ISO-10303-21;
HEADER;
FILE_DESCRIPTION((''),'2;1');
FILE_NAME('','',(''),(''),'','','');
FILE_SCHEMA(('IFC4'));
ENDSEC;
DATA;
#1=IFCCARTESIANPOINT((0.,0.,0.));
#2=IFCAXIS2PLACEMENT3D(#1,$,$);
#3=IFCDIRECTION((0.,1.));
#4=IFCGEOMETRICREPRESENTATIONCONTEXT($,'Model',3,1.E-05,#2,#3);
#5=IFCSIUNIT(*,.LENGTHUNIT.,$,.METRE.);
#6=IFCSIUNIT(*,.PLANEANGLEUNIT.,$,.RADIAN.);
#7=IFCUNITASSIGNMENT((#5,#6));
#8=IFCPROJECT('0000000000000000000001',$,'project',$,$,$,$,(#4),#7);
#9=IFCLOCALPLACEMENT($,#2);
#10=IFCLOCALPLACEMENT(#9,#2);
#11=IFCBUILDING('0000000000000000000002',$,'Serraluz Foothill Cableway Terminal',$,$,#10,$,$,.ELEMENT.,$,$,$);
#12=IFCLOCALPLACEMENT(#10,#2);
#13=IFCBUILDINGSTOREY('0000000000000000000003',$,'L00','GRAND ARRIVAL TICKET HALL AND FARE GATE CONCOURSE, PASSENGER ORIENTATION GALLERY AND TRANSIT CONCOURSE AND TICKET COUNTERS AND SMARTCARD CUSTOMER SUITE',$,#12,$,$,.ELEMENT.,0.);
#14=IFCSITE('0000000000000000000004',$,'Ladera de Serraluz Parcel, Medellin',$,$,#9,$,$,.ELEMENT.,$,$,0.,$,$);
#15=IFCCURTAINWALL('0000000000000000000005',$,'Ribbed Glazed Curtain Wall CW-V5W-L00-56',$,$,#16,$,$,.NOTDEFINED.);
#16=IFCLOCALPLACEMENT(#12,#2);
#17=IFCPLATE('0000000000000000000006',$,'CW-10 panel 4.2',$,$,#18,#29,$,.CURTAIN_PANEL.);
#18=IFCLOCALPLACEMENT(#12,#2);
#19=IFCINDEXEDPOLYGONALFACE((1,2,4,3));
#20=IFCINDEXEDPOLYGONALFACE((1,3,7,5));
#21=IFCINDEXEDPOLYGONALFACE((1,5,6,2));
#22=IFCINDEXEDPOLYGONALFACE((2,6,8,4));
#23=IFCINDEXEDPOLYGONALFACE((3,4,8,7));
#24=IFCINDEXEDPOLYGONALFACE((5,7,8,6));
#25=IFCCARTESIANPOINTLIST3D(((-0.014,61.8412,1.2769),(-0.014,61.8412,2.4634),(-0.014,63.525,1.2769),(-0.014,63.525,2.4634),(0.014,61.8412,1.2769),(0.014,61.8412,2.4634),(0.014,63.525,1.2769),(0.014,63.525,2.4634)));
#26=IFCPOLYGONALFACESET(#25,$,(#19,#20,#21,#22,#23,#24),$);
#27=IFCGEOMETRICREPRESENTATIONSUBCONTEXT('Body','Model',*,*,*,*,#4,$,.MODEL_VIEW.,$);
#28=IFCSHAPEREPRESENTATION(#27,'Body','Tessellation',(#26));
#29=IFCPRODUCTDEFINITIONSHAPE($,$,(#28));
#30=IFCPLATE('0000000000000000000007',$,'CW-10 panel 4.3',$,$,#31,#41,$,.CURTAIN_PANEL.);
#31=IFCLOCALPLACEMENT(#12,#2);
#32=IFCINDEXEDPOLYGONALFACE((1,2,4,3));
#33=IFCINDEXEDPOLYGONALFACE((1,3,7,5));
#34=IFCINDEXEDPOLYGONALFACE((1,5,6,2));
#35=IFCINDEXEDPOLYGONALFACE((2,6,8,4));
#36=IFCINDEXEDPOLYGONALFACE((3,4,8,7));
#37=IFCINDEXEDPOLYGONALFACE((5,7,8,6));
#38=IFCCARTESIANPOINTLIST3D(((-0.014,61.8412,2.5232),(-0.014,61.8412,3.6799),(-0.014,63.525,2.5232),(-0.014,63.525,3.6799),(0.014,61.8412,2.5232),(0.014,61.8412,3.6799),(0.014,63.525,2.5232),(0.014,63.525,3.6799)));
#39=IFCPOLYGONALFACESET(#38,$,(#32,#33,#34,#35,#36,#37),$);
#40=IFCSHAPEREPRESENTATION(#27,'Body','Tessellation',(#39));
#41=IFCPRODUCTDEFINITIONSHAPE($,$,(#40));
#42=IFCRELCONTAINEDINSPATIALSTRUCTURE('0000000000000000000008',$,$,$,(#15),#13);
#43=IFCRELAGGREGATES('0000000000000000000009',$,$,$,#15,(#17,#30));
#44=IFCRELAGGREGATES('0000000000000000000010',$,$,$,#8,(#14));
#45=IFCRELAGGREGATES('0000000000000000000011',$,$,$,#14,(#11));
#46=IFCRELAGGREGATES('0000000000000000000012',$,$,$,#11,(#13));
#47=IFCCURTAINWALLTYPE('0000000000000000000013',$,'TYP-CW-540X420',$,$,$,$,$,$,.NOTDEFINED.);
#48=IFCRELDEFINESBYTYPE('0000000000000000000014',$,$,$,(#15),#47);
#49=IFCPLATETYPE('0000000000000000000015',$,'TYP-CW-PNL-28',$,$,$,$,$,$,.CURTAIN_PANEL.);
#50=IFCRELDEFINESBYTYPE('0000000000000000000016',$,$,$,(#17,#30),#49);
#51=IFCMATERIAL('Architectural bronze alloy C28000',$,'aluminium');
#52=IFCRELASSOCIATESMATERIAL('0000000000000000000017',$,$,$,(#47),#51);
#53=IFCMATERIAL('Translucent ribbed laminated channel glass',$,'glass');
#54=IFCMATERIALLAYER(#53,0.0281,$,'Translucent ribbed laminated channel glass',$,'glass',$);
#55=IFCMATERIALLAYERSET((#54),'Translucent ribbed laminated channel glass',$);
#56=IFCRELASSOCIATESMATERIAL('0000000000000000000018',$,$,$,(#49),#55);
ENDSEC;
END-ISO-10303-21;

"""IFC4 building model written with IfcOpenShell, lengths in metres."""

from ifc_helpers import new_model, si_unit, direction, frame, origin, origin_2d, place, context, subcontext, project, spatial, rectangle, extrude, material, layer, layer_set, type_object, element, aggregate, save


model = new_model("IFC4")

# Units and contexts
model_context = context("Model", 3, precision=1e-05, world=origin(), true_north=direction((0.0, 1.0)))
body_context = subcontext(model_context, "Body", "Model", "MODEL_VIEW")
ifc_project = project(units=[si_unit("LENGTHUNIT", "METRE"), si_unit("PLANEANGLEUNIT", "RADIAN")], contexts=[model_context])

# Site, building, storey
site_placement = place(None, origin())
site = spatial("IfcSite", under=ifc_project, at=site_placement, Name="Ladera de Serraluz Parcel, Medellin", CompositionType="ELEMENT", RefElevation=0.0)
building_placement = place(site_placement, origin())
building = spatial("IfcBuilding", under=site, at=building_placement, Name="Serraluz Foothill Cableway Terminal", CompositionType="ELEMENT")
storey_placement = place(building_placement, origin())
storey = spatial("IfcBuildingStorey", under=building, at=storey_placement, Name="L00", Description="GRAND ARRIVAL TICKET HALL AND FARE GATE CONCOURSE, PASSENGER ORIENTATION GALLERY AND TRANSIT CONCOURSE AND TICKET COUNTERS AND SMARTCARD CUSTOMER SUITE", CompositionType="ELEMENT", Elevation=0.0)

# Curtain wall
ifc_material_1 = material(Name="Architectural bronze alloy C28000", Category="aluminium")
curtain_wall_type = type_object("IfcCurtainWallType", Name="TYP-CW-540X420", PredefinedType="NOTDEFINED", material=ifc_material_1)
curtain_wall_placement = place(storey_placement, origin())
curtain_wall = element("IfcCurtainWall", 1, at=curtain_wall_placement, inside=storey, type_object=curtain_wall_type, Name="Ribbed Glazed Curtain Wall CW-V5W-L00-56", PredefinedType="NOTDEFINED")

# Plates
ifc_material_2 = material(Name="Translucent ribbed laminated channel glass", Category="glass")
ifc_layer = layer(ifc_material_2, 0.0281, Name="Translucent ribbed laminated channel glass", Category="glass")
ifc_layer_set = layer_set([ifc_layer], Name="Translucent ribbed laminated channel glass")
plate_type = type_object("IfcPlateType", Name="TYP-CW-PNL-28", PredefinedType="CURTAIN_PANEL", material=ifc_layer_set)
plate_1_placement = place(storey_placement, frame((0.0, 62.6831, 1.2769), z_axis=(0.0, 0.0, 1.0), x_axis=(0.0, 1.0, 0.0)))
plate_1 = element("IfcPlate", 2, at=plate_1_placement, type_object=plate_type, Name="CW-10 panel 4.2", PredefinedType="CURTAIN_PANEL", context=body_context, shape_type="SweptSolid", body=[
    extrude(rectangle(XDim=1.6838, YDim=0.0281, at=origin_2d()), origin(), (0.0, 0.0, 1.0), 1.1865),
])
plate_2_placement = place(storey_placement, frame((0.0, 62.6831, 2.5232), z_axis=(0.0, 0.0, 1.0), x_axis=(0.0, 1.0, 0.0)))
plate_2 = element("IfcPlate", 3, at=plate_2_placement, type_object=plate_type, Name="CW-10 panel 4.3", PredefinedType="CURTAIN_PANEL", context=body_context, shape_type="SweptSolid", body=[
    extrude(rectangle(XDim=1.6838, YDim=0.0281, at=origin_2d()), origin(), (0.0, 0.0, 1.0), 1.1567),
])
aggregate(curtain_wall, [plate_1, plate_2])

save(model, "model.ifc")
